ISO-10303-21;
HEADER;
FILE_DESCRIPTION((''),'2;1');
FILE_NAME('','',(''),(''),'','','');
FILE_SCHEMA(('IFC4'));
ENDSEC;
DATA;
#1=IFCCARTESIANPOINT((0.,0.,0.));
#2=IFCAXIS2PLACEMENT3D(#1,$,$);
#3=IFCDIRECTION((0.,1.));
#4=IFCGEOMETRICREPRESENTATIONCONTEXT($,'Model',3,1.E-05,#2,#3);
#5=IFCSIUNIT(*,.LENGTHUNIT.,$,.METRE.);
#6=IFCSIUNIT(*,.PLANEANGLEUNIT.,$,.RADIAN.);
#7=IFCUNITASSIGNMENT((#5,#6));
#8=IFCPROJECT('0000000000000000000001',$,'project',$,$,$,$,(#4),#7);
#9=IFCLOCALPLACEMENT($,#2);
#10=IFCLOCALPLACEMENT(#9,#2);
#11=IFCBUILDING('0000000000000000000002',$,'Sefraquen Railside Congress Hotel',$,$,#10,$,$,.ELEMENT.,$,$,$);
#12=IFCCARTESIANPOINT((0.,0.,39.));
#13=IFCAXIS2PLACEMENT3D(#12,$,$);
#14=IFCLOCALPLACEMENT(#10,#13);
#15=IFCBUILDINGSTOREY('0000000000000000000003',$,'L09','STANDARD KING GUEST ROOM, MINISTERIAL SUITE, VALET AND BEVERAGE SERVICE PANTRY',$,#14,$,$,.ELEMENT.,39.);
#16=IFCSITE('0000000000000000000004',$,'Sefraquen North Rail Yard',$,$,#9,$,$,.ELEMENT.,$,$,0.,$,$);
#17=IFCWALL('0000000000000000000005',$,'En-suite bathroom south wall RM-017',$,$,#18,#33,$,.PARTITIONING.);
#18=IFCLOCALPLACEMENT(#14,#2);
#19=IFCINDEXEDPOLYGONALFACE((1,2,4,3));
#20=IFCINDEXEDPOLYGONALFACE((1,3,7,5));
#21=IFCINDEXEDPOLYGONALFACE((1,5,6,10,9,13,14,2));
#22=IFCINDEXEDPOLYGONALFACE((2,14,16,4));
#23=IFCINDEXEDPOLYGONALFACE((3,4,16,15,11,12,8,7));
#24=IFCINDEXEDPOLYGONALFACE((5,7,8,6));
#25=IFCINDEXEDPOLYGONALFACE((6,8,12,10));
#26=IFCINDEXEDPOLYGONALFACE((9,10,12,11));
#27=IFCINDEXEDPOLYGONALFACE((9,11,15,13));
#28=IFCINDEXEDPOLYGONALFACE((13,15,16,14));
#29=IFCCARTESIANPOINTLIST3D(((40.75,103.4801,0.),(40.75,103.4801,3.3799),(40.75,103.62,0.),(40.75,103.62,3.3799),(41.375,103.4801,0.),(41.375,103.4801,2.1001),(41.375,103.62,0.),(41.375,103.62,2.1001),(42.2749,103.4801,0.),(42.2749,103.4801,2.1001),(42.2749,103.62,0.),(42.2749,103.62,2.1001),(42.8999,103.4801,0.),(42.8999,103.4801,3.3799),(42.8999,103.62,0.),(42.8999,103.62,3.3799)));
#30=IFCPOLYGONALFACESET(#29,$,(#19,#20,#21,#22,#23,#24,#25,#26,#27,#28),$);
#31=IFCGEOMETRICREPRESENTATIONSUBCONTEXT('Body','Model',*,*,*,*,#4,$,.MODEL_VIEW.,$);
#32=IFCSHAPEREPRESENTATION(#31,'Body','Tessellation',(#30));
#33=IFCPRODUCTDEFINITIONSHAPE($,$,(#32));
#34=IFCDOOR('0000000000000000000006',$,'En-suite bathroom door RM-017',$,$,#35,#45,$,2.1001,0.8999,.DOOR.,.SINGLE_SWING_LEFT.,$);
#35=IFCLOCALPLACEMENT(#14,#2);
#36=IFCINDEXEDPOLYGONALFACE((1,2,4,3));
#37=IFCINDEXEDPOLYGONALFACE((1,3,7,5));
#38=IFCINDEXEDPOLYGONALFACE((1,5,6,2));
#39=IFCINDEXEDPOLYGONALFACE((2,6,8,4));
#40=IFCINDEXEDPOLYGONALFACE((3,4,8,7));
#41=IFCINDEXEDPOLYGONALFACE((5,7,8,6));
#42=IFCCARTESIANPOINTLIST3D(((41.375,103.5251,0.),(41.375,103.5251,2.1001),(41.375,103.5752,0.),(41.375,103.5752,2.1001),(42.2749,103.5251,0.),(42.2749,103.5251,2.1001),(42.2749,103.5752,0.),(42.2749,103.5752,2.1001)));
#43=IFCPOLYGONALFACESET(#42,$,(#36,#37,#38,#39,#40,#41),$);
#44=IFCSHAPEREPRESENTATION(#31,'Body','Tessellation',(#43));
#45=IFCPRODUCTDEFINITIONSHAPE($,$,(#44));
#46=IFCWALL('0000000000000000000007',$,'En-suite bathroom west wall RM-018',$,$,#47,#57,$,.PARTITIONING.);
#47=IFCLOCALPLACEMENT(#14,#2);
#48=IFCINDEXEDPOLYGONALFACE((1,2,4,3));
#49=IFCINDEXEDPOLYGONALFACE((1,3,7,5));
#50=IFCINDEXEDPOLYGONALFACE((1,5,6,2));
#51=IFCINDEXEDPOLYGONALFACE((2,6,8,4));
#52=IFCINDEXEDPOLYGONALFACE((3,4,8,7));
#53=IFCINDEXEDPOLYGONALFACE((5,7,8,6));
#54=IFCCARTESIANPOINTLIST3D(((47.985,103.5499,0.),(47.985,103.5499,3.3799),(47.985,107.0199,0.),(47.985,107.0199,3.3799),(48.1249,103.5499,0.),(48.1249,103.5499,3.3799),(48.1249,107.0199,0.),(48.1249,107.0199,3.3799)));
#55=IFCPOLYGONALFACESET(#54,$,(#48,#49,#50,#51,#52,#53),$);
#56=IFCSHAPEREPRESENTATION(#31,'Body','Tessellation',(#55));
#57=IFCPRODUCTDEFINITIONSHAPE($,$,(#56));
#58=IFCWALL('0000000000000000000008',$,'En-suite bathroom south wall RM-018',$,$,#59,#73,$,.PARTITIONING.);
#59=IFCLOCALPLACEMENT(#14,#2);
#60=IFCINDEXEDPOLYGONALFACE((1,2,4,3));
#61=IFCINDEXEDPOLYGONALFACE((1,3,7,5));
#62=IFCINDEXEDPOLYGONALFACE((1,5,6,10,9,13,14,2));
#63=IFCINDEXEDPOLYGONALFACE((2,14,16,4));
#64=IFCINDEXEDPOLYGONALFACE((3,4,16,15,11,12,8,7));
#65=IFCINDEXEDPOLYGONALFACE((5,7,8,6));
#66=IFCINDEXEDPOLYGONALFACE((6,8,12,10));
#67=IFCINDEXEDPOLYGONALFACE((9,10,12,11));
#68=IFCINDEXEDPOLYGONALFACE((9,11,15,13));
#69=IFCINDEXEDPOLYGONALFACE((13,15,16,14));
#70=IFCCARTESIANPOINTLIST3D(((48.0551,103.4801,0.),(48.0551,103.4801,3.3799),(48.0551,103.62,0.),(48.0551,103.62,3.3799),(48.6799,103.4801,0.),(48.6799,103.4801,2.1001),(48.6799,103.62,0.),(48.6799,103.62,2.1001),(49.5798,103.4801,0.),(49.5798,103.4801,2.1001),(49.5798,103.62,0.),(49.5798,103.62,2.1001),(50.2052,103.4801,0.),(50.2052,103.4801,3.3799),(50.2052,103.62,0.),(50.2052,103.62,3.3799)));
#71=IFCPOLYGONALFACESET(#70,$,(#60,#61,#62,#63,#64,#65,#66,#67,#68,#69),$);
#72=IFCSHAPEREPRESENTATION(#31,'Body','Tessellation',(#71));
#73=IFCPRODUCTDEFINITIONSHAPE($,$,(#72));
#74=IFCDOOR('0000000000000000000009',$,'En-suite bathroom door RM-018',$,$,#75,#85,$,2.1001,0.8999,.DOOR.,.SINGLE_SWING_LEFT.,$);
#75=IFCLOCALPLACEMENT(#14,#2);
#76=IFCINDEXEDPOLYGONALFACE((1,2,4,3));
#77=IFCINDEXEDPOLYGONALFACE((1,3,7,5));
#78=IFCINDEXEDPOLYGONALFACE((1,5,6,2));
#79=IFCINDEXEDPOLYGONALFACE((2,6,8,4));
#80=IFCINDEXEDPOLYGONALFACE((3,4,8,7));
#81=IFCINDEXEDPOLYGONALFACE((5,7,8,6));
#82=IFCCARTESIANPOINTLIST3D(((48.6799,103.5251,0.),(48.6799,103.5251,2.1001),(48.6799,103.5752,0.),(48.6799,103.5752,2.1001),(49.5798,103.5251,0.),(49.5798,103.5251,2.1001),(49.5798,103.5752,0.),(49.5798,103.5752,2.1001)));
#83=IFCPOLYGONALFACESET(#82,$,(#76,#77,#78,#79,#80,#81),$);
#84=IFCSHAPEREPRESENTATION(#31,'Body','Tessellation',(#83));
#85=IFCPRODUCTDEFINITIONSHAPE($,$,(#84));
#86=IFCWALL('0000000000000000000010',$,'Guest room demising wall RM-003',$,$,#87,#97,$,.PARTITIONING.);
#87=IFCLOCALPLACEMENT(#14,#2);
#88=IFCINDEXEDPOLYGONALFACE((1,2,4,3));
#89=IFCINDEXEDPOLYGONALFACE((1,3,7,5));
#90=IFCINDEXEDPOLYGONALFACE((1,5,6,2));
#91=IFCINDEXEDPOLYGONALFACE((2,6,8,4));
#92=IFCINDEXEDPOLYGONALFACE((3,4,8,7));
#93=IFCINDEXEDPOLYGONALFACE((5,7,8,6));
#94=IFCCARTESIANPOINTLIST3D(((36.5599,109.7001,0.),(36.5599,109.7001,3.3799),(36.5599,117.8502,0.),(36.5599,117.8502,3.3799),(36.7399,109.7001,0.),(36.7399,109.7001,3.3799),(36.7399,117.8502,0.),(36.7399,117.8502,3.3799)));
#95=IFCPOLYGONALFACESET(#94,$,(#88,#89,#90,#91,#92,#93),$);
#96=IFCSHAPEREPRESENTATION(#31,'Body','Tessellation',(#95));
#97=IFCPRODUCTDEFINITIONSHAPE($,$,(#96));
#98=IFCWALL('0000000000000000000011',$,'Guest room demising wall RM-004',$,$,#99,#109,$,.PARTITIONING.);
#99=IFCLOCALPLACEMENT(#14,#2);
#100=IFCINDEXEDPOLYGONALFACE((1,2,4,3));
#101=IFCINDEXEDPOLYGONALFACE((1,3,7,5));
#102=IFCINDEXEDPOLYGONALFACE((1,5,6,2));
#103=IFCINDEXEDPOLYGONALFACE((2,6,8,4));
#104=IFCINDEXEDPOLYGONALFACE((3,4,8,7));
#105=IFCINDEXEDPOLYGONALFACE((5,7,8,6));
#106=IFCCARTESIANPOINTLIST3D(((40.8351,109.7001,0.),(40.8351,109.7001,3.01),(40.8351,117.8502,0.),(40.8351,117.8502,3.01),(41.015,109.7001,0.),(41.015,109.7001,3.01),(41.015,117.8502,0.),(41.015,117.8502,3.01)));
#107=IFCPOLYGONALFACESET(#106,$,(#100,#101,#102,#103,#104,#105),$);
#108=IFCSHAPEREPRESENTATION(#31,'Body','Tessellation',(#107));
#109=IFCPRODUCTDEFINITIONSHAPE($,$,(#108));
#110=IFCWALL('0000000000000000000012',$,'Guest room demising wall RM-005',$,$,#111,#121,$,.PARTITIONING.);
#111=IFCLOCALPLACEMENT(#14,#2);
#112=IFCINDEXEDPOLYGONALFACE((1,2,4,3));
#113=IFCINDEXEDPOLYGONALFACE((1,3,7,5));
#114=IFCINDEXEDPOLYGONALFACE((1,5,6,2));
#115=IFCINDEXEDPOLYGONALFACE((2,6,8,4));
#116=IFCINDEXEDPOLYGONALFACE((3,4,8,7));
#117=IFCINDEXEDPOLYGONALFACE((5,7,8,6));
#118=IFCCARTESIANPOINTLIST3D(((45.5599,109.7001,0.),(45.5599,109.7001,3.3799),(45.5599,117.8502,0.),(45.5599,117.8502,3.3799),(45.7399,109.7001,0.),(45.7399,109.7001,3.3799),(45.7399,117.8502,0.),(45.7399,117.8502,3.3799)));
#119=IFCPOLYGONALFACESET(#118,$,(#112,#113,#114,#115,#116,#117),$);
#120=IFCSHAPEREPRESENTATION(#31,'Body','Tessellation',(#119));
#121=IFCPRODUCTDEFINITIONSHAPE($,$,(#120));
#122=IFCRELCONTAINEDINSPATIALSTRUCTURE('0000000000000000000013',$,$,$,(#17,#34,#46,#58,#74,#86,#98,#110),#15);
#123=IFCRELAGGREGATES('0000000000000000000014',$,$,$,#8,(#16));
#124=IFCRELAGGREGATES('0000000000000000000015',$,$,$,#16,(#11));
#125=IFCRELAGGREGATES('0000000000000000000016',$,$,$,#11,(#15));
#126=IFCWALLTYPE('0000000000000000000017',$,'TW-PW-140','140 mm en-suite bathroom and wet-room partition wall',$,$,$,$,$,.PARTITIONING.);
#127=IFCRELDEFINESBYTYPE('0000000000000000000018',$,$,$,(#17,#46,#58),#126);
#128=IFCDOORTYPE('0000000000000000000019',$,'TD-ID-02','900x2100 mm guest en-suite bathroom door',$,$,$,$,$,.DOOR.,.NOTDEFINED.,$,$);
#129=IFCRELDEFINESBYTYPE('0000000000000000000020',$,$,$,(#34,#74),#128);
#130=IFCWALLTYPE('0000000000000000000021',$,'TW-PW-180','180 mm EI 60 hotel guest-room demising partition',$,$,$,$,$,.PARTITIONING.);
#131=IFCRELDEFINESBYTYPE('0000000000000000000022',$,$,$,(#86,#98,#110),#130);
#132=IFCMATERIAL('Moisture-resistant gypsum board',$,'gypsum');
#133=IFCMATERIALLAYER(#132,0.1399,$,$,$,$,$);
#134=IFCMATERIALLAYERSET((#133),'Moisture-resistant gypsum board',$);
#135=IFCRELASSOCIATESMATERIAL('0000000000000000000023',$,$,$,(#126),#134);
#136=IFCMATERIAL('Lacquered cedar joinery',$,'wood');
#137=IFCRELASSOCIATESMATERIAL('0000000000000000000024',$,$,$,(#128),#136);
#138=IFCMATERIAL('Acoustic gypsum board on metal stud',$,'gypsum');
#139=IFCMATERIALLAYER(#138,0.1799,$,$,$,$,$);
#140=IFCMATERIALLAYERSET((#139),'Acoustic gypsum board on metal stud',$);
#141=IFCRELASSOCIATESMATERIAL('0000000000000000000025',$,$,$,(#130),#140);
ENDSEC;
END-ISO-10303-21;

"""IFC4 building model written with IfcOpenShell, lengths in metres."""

from ifc_helpers import new_model, si_unit, direction, frame, frame_2d, origin, place, context, subcontext, project, spatial, rectangle, extrude, material, layer, layer_set, type_object, element, fill, save


model = new_model("IFC4")

# Units and contexts
model_context = context("Model", 3, precision=1e-05, world=origin(), true_north=direction((0.0, 1.0)))
body_context = subcontext(model_context, "Body", "Model", "MODEL_VIEW")
ifc_project = project(units=[si_unit("LENGTHUNIT", "METRE"), si_unit("PLANEANGLEUNIT", "RADIAN")], contexts=[model_context])

# Site, building, storey
site_placement = place(None, origin())
site = spatial("IfcSite", under=ifc_project, at=site_placement, Name="Sefraquen North Rail Yard", CompositionType="ELEMENT", RefElevation=0.0)
building_placement = place(site_placement, origin())
building = spatial("IfcBuilding", under=site, at=building_placement, Name="Sefraquen Railside Congress Hotel", CompositionType="ELEMENT")
storey_placement = place(building_placement, frame((0.0, 0.0, 39.0)))
storey = spatial("IfcBuildingStorey", under=building, at=storey_placement, Name="L09", Description="STANDARD KING GUEST ROOM, MINISTERIAL SUITE, VALET AND BEVERAGE SERVICE PANTRY", CompositionType="ELEMENT", Elevation=39.0)

# Shared definitions
ifc_material_1 = material(Name="Moisture-resistant gypsum board", Category="gypsum")
ifc_layer_1 = layer(ifc_material_1, 0.1399)
ifc_layer_set_1 = layer_set([ifc_layer_1], Name="Moisture-resistant gypsum board")
wall_type_1 = type_object("IfcWallType", Name="TW-PW-140", Description="140 mm en-suite bathroom and wet-room partition wall", PredefinedType="PARTITIONING", material=ifc_layer_set_1)

# Wall, opening, door
wall_1_placement = place(storey_placement, frame((40.75, 103.55, 0.0), z_axis=(0.0, 0.0, 1.0), x_axis=(1.0, 0.0, 0.0)))
wall_1 = element("IfcWall", 1, at=wall_1_placement, inside=storey, type_object=wall_type_1, Name="En-suite bathroom south wall RM-017", PredefinedType="PARTITIONING", context=body_context, shape_type="SweptSolid", body=[
    extrude(rectangle(XDim=2.1499, YDim=0.1399, at=frame_2d((1.075, 0.0))), origin(), (0.0, 0.0, 1.0), 3.3799),
])
opening_1_placement = place(wall_1_placement, frame((0.625, 0.0, 0.0)))
opening_1 = element("IfcOpeningElement", 2, at=opening_1_placement, cuts=wall_1, PredefinedType="OPENING", context=body_context, shape_type="SweptSolid", body=[
    extrude(rectangle(XDim=0.8999, YDim=2.1001, at=frame_2d((0.45, 1.05))), frame((0.0, 0.0798, 0.0), z_axis=(0.0, -1.0, 0.0), x_axis=(1.0, 0.0, 0.0)), (0.0, 0.0, 1.0), 0.1599),
])
ifc_material_2 = material(Name="Lacquered cedar joinery", Category="wood")
door_type_1 = type_object("IfcDoorType", Name="TD-ID-02", Description="900x2100 mm guest en-suite bathroom door", OperationType="NOTDEFINED", PredefinedType="DOOR", material=ifc_material_2)
door_1_placement = place(opening_1_placement, frame((0.8999, 0.0, 0.0), z_axis=(0.0, 0.0, 1.0), x_axis=(-1.0, 0.0, 0.0)))
door_1 = element("IfcDoor", 3, at=door_1_placement, inside=storey, type_object=door_type_1, Name="En-suite bathroom door RM-017", OperationType="SINGLE_SWING_LEFT", OverallHeight=2.1001, OverallWidth=0.8999, PredefinedType="DOOR", context=body_context, shape_type="SweptSolid", body=[
    extrude(rectangle(XDim=0.8999, YDim=2.1001, at=frame_2d((0.45, 1.05))), frame((0.0, 0.0249, 0.0), z_axis=(0.0, -1.0, 0.0), x_axis=(1.0, 0.0, 0.0)), (0.0, 0.0, 1.0), 0.05),
])
fill(opening_1, door_1)

# Wall
wall_2_placement = place(storey_placement, frame((48.0549, 103.55, 0.0), z_axis=(0.0, 0.0, 1.0), x_axis=(0.0, 1.0, 0.0)))
element("IfcWall", 4, at=wall_2_placement, inside=storey, type_object=wall_type_1, Name="En-suite bathroom west wall RM-018", PredefinedType="PARTITIONING", context=body_context, shape_type="SweptSolid", body=[
    extrude(rectangle(XDim=3.47, YDim=0.1399, at=frame_2d((1.7349, 0.0))), origin(), (0.0, 0.0, 1.0), 3.3799),
])

# Wall, opening, door
wall_3_placement = place(storey_placement, frame((48.0549, 103.55, 0.0), z_axis=(0.0, 0.0, 1.0), x_axis=(1.0, 0.0, 0.0)))
wall_3 = element("IfcWall", 5, at=wall_3_placement, inside=storey, type_object=wall_type_1, Name="En-suite bathroom south wall RM-018", PredefinedType="PARTITIONING", context=body_context, shape_type="SweptSolid", body=[
    extrude(rectangle(XDim=2.1501, YDim=0.1399, at=frame_2d((1.0752, 0.0))), origin(), (0.0, 0.0, 1.0), 3.3799),
])
opening_2_placement = place(wall_3_placement, frame((0.625, 0.0, 0.0)))
opening_2 = element("IfcOpeningElement", 6, at=opening_2_placement, cuts=wall_3, PredefinedType="OPENING", context=body_context, shape_type="SweptSolid", body=[
    extrude(rectangle(XDim=0.8999, YDim=2.1001, at=frame_2d((0.45, 1.05))), frame((0.0, 0.0798, 0.0), z_axis=(0.0, -1.0, 0.0), x_axis=(1.0, 0.0, 0.0)), (0.0, 0.0, 1.0), 0.1599),
])
door_2_placement = place(opening_2_placement, frame((0.8999, 0.0, 0.0), z_axis=(0.0, 0.0, 1.0), x_axis=(-1.0, 0.0, 0.0)))
door_2 = element("IfcDoor", 7, at=door_2_placement, inside=storey, type_object=door_type_1, Name="En-suite bathroom door RM-018", OperationType="SINGLE_SWING_LEFT", OverallHeight=2.1001, OverallWidth=0.8999, PredefinedType="DOOR", context=body_context, shape_type="SweptSolid", body=[
    extrude(rectangle(XDim=0.8999, YDim=2.1001, at=frame_2d((0.45, 1.05))), frame((0.0, 0.0249, 0.0), z_axis=(0.0, -1.0, 0.0), x_axis=(1.0, 0.0, 0.0)), (0.0, 0.0, 1.0), 0.05),
])
fill(opening_2, door_2)

# Walls
ifc_material_3 = material(Name="Acoustic gypsum board on metal stud", Category="gypsum")
ifc_layer_2 = layer(ifc_material_3, 0.1799)
ifc_layer_set_2 = layer_set([ifc_layer_2], Name="Acoustic gypsum board on metal stud")
wall_type_2 = type_object("IfcWallType", Name="TW-PW-180", Description="180 mm EI 60 hotel guest-room demising partition", PredefinedType="PARTITIONING", material=ifc_layer_set_2)
wall_4_placement = place(storey_placement, frame((36.6499, 109.7, 0.0), z_axis=(0.0, 0.0, 1.0), x_axis=(0.0, 1.0, 0.0)))
element("IfcWall", 8, at=wall_4_placement, inside=storey, type_object=wall_type_2, Name="Guest room demising wall RM-003", PredefinedType="PARTITIONING", context=body_context, shape_type="SweptSolid", body=[
    extrude(rectangle(XDim=8.1501, YDim=0.1799, at=frame_2d((4.0752, 0.0))), origin(), (0.0, 0.0, 1.0), 3.3799),
])
wall_5_placement = place(storey_placement, frame((40.925, 109.7, 0.0), z_axis=(0.0, 0.0, 1.0), x_axis=(0.0, 1.0, 0.0)))
element("IfcWall", 9, at=wall_5_placement, inside=storey, type_object=wall_type_2, Name="Guest room demising wall RM-004", PredefinedType="PARTITIONING", context=body_context, shape_type="SweptSolid", body=[
    extrude(rectangle(XDim=8.1501, YDim=0.1799, at=frame_2d((4.0752, 0.0))), origin(), (0.0, 0.0, 1.0), 3.01),
])
wall_6_placement = place(storey_placement, frame((45.6499, 109.7, 0.0), z_axis=(0.0, 0.0, 1.0), x_axis=(0.0, 1.0, 0.0)))
element("IfcWall", 10, at=wall_6_placement, inside=storey, type_object=wall_type_2, Name="Guest room demising wall RM-005", PredefinedType="PARTITIONING", context=body_context, shape_type="SweptSolid", body=[
    extrude(rectangle(XDim=8.1501, YDim=0.1799, at=frame_2d((4.0752, 0.0))), origin(), (0.0, 0.0, 1.0), 3.3799),
])

save(model, "model.ifc")
